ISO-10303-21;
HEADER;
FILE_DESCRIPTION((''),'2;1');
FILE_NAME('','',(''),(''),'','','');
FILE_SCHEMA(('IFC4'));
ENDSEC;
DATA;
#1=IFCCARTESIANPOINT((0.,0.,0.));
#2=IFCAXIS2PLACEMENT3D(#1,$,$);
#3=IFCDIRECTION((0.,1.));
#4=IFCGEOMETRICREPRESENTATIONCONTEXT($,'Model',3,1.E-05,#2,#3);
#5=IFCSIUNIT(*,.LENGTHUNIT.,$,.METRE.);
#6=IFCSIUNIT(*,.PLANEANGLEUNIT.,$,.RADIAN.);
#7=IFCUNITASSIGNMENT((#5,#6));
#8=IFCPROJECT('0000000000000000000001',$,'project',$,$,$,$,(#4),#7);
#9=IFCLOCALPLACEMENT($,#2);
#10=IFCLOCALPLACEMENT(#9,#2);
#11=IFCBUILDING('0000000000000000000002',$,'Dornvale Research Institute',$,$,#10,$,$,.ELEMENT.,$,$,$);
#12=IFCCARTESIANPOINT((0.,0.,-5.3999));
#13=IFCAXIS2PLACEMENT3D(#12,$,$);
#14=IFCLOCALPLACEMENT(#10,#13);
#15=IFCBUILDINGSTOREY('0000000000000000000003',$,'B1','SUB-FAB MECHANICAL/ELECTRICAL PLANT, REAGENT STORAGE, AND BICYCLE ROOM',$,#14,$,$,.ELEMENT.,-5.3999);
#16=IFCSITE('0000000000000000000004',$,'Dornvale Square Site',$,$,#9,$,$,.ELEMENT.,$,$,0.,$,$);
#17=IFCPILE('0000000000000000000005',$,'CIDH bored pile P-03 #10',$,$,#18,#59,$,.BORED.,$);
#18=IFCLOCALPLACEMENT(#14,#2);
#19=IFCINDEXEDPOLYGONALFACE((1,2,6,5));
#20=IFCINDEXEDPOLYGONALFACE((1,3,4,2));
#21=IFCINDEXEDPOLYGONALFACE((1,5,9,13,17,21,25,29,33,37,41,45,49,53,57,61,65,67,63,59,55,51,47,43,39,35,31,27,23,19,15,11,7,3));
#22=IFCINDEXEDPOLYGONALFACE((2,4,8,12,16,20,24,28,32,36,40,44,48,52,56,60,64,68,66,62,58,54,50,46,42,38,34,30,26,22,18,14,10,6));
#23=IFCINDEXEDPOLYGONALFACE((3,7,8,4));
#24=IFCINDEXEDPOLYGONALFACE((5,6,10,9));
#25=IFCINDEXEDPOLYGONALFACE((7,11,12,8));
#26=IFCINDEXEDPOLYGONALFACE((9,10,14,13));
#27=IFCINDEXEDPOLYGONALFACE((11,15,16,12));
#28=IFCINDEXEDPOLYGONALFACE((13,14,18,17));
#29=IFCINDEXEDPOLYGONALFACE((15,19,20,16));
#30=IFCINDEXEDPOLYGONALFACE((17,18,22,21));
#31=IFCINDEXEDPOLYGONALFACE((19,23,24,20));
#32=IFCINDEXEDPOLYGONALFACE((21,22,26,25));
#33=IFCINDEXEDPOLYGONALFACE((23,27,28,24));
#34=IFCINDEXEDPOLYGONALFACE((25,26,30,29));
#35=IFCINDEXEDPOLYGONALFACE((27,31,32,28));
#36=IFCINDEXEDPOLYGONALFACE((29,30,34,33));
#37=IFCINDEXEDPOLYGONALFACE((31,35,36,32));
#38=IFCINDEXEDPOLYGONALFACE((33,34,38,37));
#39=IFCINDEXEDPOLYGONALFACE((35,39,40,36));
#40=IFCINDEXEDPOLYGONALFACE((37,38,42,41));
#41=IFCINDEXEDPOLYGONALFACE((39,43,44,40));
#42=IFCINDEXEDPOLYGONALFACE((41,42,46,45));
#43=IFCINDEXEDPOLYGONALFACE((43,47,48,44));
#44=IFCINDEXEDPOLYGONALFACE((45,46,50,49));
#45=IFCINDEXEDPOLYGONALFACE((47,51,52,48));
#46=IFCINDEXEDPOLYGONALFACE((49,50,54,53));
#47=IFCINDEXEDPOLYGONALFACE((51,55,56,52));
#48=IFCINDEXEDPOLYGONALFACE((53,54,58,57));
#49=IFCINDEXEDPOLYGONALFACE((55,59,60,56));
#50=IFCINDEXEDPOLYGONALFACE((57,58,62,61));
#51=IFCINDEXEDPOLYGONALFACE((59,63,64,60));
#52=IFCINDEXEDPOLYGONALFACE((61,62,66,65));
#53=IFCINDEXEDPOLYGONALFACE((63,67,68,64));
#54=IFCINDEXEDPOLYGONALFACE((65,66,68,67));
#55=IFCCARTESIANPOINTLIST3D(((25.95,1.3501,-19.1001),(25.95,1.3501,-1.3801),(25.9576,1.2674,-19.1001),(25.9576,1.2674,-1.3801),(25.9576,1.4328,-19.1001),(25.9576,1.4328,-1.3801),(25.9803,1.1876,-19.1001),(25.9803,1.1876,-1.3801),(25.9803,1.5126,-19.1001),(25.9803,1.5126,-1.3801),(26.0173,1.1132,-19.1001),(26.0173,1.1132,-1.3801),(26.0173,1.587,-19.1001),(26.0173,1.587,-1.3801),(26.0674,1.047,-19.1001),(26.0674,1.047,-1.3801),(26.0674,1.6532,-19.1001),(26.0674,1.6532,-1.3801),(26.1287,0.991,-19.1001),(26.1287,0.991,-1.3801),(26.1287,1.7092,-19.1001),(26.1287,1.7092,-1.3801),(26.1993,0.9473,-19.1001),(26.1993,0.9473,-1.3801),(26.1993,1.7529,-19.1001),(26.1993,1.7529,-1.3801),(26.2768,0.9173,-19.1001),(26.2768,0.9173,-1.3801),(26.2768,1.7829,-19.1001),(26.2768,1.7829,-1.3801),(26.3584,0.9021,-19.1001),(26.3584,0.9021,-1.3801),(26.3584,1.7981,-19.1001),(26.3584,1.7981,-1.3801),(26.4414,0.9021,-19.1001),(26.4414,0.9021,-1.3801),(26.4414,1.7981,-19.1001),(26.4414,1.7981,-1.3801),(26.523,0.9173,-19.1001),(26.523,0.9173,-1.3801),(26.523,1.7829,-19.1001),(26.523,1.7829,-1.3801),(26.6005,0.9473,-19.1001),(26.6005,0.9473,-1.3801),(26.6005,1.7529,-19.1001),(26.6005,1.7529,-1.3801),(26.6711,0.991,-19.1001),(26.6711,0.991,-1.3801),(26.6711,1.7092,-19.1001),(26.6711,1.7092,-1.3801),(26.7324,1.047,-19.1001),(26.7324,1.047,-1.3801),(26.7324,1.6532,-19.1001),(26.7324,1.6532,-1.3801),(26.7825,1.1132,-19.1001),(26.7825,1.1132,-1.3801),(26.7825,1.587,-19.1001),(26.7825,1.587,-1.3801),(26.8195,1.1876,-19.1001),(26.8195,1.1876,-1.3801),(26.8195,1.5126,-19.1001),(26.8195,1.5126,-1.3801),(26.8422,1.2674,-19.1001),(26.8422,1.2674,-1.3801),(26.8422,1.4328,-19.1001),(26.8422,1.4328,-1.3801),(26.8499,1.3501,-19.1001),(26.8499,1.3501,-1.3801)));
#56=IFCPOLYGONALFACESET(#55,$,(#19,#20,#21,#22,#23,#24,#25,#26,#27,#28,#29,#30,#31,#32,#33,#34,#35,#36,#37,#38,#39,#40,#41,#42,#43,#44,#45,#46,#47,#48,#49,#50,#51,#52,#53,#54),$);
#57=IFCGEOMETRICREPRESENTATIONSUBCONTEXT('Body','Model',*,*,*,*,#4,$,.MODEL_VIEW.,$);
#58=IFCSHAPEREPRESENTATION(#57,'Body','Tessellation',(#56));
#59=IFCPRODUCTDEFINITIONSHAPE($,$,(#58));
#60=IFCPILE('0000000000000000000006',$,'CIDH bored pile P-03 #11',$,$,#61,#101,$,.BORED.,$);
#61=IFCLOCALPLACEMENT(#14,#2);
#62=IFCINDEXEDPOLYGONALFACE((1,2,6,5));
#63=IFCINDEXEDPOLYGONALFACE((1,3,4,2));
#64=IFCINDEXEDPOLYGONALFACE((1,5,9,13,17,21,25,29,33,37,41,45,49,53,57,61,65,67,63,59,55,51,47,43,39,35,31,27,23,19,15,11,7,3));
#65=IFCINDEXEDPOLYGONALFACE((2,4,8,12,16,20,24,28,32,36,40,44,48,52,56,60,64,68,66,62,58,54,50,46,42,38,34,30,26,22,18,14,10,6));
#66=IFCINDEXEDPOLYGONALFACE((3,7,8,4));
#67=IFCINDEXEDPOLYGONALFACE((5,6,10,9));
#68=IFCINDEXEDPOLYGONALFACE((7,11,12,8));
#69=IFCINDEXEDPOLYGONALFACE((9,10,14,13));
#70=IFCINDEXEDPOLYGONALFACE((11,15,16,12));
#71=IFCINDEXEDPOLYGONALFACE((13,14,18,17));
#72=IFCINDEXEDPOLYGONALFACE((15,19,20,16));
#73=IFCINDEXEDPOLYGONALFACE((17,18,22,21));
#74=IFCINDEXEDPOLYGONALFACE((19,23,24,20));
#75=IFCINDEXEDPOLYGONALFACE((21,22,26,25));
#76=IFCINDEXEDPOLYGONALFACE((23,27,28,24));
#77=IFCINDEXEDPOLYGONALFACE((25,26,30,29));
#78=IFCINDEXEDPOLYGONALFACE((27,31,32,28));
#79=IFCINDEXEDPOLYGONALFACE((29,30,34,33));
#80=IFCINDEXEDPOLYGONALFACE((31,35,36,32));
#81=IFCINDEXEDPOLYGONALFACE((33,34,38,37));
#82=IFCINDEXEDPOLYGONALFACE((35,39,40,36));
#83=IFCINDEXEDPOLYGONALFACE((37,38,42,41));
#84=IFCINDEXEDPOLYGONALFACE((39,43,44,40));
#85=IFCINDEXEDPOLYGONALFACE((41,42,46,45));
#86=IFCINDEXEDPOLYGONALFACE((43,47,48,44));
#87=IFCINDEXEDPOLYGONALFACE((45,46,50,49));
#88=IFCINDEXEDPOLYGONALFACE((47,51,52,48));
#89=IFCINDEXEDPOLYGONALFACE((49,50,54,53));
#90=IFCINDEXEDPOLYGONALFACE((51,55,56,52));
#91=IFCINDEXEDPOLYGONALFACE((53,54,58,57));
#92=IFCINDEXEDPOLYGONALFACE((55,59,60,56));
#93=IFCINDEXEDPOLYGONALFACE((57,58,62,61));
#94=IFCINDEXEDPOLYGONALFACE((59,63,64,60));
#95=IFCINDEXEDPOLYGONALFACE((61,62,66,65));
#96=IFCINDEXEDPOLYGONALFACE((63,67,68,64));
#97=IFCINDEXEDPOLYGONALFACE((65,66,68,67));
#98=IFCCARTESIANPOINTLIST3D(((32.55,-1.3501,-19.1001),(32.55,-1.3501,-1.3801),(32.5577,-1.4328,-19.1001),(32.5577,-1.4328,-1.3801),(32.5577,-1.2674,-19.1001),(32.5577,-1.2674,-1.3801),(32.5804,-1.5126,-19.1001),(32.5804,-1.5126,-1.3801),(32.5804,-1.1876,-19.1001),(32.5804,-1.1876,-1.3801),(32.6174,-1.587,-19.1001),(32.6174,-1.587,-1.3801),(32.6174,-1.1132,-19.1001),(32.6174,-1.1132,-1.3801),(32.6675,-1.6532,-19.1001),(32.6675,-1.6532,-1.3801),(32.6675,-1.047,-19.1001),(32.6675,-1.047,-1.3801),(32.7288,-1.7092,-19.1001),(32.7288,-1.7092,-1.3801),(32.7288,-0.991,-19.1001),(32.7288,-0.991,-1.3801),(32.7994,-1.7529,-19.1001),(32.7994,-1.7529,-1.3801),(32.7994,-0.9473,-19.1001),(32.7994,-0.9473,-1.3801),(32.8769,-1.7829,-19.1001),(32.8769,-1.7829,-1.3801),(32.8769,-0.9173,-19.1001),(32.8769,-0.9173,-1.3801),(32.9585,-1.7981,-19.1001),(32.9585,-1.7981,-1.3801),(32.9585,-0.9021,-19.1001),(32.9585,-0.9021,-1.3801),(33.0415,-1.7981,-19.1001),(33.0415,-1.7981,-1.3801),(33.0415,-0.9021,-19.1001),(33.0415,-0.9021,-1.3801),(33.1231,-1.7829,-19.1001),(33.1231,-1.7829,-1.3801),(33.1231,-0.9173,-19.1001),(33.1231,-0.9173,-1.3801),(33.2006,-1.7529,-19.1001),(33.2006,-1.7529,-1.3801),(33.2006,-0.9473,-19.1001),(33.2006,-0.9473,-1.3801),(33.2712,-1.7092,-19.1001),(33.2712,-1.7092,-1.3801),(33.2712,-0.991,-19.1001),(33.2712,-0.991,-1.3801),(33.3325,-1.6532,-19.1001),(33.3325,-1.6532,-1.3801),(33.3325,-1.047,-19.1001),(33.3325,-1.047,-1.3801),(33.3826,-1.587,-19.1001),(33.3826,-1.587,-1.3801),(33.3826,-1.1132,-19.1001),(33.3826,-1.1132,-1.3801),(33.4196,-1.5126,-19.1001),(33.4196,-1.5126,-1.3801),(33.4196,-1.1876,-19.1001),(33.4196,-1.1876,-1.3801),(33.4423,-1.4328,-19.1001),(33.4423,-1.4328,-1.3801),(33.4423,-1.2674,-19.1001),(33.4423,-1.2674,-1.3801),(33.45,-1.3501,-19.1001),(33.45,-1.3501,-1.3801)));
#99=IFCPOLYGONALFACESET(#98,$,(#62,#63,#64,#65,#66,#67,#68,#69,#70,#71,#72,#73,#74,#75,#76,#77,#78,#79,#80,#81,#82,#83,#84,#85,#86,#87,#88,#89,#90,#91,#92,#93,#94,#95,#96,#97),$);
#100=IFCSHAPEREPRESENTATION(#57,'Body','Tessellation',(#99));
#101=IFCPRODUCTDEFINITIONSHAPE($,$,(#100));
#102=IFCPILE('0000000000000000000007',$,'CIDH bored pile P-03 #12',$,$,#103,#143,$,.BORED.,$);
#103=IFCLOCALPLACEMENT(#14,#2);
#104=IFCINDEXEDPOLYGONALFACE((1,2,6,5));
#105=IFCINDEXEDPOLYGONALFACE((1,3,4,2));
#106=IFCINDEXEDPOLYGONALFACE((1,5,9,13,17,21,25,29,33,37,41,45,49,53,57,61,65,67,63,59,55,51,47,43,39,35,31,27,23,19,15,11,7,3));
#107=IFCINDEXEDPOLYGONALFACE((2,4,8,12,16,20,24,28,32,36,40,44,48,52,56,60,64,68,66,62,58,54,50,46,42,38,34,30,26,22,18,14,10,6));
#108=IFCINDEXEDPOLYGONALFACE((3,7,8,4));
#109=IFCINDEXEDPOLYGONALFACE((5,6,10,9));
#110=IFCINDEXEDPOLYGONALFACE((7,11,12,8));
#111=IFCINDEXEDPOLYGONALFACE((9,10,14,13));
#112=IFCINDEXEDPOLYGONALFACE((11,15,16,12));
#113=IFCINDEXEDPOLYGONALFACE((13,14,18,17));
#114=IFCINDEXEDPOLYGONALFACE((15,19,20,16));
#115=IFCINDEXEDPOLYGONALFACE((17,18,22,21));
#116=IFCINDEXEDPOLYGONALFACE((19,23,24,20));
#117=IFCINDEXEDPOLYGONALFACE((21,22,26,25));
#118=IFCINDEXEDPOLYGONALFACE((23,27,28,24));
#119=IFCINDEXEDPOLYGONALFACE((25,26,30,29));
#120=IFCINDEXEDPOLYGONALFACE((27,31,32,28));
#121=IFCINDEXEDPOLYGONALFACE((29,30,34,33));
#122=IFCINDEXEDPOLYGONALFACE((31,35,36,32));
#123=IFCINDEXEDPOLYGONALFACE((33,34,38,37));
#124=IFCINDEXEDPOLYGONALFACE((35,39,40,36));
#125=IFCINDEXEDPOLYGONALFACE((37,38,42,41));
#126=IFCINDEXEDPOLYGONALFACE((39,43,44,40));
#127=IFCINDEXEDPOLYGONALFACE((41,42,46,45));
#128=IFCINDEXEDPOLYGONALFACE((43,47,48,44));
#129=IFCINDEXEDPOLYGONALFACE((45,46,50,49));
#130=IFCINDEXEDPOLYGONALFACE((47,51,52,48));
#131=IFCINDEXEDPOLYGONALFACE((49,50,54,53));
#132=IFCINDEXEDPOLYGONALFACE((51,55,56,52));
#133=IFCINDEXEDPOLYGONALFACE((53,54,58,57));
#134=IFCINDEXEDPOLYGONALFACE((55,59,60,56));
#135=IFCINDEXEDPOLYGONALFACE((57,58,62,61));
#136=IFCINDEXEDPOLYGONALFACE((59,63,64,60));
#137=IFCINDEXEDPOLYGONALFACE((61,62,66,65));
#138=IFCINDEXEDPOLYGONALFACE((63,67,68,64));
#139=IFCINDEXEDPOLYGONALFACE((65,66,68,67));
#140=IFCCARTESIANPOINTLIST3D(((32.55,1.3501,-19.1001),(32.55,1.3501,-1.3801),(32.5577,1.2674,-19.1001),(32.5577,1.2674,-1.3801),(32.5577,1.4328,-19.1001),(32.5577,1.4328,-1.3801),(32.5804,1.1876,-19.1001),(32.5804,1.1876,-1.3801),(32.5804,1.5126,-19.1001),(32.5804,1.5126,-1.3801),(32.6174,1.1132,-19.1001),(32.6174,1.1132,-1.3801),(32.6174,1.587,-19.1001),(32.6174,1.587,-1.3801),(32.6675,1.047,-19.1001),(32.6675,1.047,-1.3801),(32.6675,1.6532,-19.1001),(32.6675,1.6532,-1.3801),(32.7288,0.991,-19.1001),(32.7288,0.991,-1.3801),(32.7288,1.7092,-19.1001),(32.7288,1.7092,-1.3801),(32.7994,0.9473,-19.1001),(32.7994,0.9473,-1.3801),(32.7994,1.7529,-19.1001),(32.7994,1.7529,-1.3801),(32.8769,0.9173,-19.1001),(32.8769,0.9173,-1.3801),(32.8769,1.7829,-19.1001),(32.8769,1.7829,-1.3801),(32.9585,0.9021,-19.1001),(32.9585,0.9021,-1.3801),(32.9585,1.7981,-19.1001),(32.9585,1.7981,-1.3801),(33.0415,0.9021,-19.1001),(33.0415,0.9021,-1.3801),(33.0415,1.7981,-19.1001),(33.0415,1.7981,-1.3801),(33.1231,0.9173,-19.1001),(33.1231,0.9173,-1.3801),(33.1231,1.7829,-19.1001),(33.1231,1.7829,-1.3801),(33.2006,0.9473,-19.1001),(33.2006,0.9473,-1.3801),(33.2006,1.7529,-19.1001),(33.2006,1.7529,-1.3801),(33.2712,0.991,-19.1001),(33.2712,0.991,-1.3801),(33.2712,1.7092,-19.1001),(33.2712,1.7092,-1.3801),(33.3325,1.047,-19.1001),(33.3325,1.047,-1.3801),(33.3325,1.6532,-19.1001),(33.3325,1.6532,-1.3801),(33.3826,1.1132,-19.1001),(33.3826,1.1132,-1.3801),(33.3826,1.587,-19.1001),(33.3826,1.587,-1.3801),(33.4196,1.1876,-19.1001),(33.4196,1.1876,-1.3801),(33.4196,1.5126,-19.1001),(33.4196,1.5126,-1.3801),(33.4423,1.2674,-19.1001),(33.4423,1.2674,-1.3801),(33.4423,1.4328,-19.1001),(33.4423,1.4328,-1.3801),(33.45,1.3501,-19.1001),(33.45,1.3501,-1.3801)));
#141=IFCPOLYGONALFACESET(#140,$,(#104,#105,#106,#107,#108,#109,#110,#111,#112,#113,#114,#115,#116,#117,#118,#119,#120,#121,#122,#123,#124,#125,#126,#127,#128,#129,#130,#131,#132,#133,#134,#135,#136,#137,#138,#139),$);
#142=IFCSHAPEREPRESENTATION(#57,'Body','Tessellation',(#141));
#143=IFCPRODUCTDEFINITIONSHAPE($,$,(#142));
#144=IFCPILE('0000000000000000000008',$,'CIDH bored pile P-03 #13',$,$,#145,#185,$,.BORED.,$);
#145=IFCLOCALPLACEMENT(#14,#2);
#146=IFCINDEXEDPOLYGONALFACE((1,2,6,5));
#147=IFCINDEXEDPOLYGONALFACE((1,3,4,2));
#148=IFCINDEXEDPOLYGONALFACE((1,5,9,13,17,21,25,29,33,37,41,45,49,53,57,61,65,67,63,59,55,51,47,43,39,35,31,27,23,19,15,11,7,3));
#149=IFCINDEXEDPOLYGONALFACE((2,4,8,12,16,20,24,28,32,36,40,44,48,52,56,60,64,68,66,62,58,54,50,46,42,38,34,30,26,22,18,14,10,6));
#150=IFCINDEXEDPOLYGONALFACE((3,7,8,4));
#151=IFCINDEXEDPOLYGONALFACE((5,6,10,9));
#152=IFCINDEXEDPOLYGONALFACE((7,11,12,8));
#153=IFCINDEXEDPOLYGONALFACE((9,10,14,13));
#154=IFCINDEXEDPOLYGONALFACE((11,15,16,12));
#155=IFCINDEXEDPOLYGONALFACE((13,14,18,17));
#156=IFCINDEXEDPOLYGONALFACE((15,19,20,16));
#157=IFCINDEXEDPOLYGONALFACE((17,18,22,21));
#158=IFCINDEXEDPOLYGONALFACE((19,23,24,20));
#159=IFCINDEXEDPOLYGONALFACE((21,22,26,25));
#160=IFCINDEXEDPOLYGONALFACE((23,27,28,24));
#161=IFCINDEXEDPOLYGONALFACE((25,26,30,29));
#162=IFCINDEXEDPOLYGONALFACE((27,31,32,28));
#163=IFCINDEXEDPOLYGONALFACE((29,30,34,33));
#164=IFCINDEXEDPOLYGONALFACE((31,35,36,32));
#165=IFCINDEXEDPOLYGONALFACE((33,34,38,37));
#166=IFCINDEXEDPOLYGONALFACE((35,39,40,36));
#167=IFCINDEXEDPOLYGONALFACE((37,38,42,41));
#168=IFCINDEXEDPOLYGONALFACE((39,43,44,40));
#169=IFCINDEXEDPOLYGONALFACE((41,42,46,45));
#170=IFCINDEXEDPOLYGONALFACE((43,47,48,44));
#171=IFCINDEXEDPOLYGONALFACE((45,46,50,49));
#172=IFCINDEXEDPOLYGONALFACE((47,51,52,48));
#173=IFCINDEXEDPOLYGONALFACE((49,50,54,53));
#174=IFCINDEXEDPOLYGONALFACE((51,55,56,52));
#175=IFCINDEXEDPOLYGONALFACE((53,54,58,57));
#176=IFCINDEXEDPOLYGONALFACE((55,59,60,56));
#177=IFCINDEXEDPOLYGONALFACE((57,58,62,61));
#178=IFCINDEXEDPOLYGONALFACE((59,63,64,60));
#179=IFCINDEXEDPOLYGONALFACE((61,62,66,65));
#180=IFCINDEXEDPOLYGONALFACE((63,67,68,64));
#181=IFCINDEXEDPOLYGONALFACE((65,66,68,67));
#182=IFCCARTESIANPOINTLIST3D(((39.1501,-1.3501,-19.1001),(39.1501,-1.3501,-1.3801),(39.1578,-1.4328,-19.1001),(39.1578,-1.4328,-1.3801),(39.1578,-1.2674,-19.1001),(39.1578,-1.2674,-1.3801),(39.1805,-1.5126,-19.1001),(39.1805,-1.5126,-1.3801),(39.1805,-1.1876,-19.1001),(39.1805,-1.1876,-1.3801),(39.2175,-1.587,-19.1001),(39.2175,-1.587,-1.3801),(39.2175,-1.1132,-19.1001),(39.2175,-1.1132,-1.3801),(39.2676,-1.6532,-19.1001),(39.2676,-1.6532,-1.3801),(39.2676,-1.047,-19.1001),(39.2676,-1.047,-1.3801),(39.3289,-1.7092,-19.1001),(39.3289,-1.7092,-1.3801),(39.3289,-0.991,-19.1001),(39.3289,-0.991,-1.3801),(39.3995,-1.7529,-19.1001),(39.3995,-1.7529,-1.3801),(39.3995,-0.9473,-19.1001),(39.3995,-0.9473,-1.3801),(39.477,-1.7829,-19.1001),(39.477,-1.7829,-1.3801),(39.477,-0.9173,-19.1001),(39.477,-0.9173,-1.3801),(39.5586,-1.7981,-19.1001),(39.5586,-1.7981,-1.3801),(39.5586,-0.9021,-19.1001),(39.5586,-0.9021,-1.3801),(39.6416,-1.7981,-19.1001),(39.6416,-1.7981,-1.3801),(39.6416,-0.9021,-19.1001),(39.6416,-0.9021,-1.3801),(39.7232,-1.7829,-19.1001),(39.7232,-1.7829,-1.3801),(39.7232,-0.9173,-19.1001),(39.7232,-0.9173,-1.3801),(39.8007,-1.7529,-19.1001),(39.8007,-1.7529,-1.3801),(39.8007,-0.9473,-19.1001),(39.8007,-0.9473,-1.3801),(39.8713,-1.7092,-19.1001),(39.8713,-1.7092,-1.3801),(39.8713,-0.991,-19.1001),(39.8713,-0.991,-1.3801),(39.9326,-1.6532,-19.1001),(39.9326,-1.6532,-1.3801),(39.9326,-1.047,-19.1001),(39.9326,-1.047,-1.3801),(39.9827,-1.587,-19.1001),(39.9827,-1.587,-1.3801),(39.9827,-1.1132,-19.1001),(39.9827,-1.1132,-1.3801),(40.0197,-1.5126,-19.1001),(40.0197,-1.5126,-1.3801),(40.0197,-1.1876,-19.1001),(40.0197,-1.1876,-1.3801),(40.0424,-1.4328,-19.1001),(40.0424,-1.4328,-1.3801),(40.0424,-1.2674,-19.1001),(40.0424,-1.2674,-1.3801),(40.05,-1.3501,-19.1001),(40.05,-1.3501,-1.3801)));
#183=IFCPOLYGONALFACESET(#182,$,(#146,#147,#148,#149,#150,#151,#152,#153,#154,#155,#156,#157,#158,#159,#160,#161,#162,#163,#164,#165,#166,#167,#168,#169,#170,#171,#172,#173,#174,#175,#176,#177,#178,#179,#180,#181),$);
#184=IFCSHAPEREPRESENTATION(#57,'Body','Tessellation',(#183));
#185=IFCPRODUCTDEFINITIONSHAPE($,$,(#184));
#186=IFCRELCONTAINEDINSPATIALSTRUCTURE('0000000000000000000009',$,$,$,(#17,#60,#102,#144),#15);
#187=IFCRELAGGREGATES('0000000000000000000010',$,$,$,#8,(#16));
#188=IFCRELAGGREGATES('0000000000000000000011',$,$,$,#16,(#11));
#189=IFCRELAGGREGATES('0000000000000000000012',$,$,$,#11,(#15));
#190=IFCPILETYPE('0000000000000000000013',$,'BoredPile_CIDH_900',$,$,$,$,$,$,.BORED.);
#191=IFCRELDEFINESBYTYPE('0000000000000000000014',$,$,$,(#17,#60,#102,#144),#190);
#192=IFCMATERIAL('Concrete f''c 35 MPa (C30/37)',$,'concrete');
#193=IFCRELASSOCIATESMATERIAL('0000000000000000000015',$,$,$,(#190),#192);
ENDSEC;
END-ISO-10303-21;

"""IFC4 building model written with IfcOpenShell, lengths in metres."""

from ifc_helpers import new_model, si_unit, direction, frame, origin, origin_2d, place, context, subcontext, project, spatial, circle, extrude, material, material_profile, profile_set, type_object, element, save


model = new_model("IFC4")

# Units and contexts
model_context = context("Model", 3, precision=1e-05, world=origin(), true_north=direction((0.0, 1.0)))
body_context = subcontext(model_context, "Body", "Model", "MODEL_VIEW")
ifc_project = project(units=[si_unit("LENGTHUNIT", "METRE"), si_unit("PLANEANGLEUNIT", "RADIAN")], contexts=[model_context])

# Site, building, storey
site_placement = place(None, origin())
site = spatial("IfcSite", under=ifc_project, at=site_placement, Name="Dornvale Square Site", CompositionType="ELEMENT", RefElevation=0.0)
building_placement = place(site_placement, origin())
building = spatial("IfcBuilding", under=site, at=building_placement, Name="Dornvale Research Institute", CompositionType="ELEMENT")
storey_placement = place(building_placement, frame((0.0, 0.0, -5.3999)))
storey = spatial("IfcBuildingStorey", under=building, at=storey_placement, Name="B1", Description="SUB-FAB MECHANICAL/ELECTRICAL PLANT, REAGENT STORAGE, AND BICYCLE ROOM", CompositionType="ELEMENT", Elevation=-5.3999)

# Piles
ifc_material_1 = material(Name="Concrete f'c 35 MPa (C30/37)", Category="concrete")
ifc_material_profile_1 = material_profile(ifc_material_1, circle(Radius=0.45, at=origin_2d()), Name="CIDH PILE D900")
ifc_profile_set_1 = profile_set([ifc_material_profile_1], Name="Concrete f'c 35 MPa (C30/37)")
pile_type = type_object("IfcPileType", Name="BoredPile_CIDH_900", PredefinedType="BORED", material=ifc_profile_set_1)
for number, where, z_axis, x_axis, name in (
    (1, (26.3999, 1.3501, -1.3801), (0.0, 0.0, -1.0), (1.0, 0.0, 0.0), "CIDH bored pile P-03 #10"),
    (2, (33.0, -1.3501, -1.3801), (0.0, 0.0, -1.0), (1.0, 0.0, 0.0), "CIDH bored pile P-03 #11"),
    (3, (33.0, 1.3501, -1.3801), (0.0, 0.0, -1.0), (1.0, 0.0, 0.0), "CIDH bored pile P-03 #12"),
    (4, (39.6001, -1.3501, -1.3801), (0.0, 0.0, -1.0), (1.0, 0.0, 0.0), "CIDH bored pile P-03 #13"),
):
    element("IfcPile", number, at=place(storey_placement, frame(where, z_axis=z_axis, x_axis=x_axis)), inside=storey, type_object=pile_type, Name=name, PredefinedType="BORED", context=body_context, shape_type="SweptSolid", body=[
        extrude(circle(Radius=0.45, at=origin_2d()), origin(), (0.0, 0.0, 1.0), 17.72),
    ])

save(model, "model.ifc")
